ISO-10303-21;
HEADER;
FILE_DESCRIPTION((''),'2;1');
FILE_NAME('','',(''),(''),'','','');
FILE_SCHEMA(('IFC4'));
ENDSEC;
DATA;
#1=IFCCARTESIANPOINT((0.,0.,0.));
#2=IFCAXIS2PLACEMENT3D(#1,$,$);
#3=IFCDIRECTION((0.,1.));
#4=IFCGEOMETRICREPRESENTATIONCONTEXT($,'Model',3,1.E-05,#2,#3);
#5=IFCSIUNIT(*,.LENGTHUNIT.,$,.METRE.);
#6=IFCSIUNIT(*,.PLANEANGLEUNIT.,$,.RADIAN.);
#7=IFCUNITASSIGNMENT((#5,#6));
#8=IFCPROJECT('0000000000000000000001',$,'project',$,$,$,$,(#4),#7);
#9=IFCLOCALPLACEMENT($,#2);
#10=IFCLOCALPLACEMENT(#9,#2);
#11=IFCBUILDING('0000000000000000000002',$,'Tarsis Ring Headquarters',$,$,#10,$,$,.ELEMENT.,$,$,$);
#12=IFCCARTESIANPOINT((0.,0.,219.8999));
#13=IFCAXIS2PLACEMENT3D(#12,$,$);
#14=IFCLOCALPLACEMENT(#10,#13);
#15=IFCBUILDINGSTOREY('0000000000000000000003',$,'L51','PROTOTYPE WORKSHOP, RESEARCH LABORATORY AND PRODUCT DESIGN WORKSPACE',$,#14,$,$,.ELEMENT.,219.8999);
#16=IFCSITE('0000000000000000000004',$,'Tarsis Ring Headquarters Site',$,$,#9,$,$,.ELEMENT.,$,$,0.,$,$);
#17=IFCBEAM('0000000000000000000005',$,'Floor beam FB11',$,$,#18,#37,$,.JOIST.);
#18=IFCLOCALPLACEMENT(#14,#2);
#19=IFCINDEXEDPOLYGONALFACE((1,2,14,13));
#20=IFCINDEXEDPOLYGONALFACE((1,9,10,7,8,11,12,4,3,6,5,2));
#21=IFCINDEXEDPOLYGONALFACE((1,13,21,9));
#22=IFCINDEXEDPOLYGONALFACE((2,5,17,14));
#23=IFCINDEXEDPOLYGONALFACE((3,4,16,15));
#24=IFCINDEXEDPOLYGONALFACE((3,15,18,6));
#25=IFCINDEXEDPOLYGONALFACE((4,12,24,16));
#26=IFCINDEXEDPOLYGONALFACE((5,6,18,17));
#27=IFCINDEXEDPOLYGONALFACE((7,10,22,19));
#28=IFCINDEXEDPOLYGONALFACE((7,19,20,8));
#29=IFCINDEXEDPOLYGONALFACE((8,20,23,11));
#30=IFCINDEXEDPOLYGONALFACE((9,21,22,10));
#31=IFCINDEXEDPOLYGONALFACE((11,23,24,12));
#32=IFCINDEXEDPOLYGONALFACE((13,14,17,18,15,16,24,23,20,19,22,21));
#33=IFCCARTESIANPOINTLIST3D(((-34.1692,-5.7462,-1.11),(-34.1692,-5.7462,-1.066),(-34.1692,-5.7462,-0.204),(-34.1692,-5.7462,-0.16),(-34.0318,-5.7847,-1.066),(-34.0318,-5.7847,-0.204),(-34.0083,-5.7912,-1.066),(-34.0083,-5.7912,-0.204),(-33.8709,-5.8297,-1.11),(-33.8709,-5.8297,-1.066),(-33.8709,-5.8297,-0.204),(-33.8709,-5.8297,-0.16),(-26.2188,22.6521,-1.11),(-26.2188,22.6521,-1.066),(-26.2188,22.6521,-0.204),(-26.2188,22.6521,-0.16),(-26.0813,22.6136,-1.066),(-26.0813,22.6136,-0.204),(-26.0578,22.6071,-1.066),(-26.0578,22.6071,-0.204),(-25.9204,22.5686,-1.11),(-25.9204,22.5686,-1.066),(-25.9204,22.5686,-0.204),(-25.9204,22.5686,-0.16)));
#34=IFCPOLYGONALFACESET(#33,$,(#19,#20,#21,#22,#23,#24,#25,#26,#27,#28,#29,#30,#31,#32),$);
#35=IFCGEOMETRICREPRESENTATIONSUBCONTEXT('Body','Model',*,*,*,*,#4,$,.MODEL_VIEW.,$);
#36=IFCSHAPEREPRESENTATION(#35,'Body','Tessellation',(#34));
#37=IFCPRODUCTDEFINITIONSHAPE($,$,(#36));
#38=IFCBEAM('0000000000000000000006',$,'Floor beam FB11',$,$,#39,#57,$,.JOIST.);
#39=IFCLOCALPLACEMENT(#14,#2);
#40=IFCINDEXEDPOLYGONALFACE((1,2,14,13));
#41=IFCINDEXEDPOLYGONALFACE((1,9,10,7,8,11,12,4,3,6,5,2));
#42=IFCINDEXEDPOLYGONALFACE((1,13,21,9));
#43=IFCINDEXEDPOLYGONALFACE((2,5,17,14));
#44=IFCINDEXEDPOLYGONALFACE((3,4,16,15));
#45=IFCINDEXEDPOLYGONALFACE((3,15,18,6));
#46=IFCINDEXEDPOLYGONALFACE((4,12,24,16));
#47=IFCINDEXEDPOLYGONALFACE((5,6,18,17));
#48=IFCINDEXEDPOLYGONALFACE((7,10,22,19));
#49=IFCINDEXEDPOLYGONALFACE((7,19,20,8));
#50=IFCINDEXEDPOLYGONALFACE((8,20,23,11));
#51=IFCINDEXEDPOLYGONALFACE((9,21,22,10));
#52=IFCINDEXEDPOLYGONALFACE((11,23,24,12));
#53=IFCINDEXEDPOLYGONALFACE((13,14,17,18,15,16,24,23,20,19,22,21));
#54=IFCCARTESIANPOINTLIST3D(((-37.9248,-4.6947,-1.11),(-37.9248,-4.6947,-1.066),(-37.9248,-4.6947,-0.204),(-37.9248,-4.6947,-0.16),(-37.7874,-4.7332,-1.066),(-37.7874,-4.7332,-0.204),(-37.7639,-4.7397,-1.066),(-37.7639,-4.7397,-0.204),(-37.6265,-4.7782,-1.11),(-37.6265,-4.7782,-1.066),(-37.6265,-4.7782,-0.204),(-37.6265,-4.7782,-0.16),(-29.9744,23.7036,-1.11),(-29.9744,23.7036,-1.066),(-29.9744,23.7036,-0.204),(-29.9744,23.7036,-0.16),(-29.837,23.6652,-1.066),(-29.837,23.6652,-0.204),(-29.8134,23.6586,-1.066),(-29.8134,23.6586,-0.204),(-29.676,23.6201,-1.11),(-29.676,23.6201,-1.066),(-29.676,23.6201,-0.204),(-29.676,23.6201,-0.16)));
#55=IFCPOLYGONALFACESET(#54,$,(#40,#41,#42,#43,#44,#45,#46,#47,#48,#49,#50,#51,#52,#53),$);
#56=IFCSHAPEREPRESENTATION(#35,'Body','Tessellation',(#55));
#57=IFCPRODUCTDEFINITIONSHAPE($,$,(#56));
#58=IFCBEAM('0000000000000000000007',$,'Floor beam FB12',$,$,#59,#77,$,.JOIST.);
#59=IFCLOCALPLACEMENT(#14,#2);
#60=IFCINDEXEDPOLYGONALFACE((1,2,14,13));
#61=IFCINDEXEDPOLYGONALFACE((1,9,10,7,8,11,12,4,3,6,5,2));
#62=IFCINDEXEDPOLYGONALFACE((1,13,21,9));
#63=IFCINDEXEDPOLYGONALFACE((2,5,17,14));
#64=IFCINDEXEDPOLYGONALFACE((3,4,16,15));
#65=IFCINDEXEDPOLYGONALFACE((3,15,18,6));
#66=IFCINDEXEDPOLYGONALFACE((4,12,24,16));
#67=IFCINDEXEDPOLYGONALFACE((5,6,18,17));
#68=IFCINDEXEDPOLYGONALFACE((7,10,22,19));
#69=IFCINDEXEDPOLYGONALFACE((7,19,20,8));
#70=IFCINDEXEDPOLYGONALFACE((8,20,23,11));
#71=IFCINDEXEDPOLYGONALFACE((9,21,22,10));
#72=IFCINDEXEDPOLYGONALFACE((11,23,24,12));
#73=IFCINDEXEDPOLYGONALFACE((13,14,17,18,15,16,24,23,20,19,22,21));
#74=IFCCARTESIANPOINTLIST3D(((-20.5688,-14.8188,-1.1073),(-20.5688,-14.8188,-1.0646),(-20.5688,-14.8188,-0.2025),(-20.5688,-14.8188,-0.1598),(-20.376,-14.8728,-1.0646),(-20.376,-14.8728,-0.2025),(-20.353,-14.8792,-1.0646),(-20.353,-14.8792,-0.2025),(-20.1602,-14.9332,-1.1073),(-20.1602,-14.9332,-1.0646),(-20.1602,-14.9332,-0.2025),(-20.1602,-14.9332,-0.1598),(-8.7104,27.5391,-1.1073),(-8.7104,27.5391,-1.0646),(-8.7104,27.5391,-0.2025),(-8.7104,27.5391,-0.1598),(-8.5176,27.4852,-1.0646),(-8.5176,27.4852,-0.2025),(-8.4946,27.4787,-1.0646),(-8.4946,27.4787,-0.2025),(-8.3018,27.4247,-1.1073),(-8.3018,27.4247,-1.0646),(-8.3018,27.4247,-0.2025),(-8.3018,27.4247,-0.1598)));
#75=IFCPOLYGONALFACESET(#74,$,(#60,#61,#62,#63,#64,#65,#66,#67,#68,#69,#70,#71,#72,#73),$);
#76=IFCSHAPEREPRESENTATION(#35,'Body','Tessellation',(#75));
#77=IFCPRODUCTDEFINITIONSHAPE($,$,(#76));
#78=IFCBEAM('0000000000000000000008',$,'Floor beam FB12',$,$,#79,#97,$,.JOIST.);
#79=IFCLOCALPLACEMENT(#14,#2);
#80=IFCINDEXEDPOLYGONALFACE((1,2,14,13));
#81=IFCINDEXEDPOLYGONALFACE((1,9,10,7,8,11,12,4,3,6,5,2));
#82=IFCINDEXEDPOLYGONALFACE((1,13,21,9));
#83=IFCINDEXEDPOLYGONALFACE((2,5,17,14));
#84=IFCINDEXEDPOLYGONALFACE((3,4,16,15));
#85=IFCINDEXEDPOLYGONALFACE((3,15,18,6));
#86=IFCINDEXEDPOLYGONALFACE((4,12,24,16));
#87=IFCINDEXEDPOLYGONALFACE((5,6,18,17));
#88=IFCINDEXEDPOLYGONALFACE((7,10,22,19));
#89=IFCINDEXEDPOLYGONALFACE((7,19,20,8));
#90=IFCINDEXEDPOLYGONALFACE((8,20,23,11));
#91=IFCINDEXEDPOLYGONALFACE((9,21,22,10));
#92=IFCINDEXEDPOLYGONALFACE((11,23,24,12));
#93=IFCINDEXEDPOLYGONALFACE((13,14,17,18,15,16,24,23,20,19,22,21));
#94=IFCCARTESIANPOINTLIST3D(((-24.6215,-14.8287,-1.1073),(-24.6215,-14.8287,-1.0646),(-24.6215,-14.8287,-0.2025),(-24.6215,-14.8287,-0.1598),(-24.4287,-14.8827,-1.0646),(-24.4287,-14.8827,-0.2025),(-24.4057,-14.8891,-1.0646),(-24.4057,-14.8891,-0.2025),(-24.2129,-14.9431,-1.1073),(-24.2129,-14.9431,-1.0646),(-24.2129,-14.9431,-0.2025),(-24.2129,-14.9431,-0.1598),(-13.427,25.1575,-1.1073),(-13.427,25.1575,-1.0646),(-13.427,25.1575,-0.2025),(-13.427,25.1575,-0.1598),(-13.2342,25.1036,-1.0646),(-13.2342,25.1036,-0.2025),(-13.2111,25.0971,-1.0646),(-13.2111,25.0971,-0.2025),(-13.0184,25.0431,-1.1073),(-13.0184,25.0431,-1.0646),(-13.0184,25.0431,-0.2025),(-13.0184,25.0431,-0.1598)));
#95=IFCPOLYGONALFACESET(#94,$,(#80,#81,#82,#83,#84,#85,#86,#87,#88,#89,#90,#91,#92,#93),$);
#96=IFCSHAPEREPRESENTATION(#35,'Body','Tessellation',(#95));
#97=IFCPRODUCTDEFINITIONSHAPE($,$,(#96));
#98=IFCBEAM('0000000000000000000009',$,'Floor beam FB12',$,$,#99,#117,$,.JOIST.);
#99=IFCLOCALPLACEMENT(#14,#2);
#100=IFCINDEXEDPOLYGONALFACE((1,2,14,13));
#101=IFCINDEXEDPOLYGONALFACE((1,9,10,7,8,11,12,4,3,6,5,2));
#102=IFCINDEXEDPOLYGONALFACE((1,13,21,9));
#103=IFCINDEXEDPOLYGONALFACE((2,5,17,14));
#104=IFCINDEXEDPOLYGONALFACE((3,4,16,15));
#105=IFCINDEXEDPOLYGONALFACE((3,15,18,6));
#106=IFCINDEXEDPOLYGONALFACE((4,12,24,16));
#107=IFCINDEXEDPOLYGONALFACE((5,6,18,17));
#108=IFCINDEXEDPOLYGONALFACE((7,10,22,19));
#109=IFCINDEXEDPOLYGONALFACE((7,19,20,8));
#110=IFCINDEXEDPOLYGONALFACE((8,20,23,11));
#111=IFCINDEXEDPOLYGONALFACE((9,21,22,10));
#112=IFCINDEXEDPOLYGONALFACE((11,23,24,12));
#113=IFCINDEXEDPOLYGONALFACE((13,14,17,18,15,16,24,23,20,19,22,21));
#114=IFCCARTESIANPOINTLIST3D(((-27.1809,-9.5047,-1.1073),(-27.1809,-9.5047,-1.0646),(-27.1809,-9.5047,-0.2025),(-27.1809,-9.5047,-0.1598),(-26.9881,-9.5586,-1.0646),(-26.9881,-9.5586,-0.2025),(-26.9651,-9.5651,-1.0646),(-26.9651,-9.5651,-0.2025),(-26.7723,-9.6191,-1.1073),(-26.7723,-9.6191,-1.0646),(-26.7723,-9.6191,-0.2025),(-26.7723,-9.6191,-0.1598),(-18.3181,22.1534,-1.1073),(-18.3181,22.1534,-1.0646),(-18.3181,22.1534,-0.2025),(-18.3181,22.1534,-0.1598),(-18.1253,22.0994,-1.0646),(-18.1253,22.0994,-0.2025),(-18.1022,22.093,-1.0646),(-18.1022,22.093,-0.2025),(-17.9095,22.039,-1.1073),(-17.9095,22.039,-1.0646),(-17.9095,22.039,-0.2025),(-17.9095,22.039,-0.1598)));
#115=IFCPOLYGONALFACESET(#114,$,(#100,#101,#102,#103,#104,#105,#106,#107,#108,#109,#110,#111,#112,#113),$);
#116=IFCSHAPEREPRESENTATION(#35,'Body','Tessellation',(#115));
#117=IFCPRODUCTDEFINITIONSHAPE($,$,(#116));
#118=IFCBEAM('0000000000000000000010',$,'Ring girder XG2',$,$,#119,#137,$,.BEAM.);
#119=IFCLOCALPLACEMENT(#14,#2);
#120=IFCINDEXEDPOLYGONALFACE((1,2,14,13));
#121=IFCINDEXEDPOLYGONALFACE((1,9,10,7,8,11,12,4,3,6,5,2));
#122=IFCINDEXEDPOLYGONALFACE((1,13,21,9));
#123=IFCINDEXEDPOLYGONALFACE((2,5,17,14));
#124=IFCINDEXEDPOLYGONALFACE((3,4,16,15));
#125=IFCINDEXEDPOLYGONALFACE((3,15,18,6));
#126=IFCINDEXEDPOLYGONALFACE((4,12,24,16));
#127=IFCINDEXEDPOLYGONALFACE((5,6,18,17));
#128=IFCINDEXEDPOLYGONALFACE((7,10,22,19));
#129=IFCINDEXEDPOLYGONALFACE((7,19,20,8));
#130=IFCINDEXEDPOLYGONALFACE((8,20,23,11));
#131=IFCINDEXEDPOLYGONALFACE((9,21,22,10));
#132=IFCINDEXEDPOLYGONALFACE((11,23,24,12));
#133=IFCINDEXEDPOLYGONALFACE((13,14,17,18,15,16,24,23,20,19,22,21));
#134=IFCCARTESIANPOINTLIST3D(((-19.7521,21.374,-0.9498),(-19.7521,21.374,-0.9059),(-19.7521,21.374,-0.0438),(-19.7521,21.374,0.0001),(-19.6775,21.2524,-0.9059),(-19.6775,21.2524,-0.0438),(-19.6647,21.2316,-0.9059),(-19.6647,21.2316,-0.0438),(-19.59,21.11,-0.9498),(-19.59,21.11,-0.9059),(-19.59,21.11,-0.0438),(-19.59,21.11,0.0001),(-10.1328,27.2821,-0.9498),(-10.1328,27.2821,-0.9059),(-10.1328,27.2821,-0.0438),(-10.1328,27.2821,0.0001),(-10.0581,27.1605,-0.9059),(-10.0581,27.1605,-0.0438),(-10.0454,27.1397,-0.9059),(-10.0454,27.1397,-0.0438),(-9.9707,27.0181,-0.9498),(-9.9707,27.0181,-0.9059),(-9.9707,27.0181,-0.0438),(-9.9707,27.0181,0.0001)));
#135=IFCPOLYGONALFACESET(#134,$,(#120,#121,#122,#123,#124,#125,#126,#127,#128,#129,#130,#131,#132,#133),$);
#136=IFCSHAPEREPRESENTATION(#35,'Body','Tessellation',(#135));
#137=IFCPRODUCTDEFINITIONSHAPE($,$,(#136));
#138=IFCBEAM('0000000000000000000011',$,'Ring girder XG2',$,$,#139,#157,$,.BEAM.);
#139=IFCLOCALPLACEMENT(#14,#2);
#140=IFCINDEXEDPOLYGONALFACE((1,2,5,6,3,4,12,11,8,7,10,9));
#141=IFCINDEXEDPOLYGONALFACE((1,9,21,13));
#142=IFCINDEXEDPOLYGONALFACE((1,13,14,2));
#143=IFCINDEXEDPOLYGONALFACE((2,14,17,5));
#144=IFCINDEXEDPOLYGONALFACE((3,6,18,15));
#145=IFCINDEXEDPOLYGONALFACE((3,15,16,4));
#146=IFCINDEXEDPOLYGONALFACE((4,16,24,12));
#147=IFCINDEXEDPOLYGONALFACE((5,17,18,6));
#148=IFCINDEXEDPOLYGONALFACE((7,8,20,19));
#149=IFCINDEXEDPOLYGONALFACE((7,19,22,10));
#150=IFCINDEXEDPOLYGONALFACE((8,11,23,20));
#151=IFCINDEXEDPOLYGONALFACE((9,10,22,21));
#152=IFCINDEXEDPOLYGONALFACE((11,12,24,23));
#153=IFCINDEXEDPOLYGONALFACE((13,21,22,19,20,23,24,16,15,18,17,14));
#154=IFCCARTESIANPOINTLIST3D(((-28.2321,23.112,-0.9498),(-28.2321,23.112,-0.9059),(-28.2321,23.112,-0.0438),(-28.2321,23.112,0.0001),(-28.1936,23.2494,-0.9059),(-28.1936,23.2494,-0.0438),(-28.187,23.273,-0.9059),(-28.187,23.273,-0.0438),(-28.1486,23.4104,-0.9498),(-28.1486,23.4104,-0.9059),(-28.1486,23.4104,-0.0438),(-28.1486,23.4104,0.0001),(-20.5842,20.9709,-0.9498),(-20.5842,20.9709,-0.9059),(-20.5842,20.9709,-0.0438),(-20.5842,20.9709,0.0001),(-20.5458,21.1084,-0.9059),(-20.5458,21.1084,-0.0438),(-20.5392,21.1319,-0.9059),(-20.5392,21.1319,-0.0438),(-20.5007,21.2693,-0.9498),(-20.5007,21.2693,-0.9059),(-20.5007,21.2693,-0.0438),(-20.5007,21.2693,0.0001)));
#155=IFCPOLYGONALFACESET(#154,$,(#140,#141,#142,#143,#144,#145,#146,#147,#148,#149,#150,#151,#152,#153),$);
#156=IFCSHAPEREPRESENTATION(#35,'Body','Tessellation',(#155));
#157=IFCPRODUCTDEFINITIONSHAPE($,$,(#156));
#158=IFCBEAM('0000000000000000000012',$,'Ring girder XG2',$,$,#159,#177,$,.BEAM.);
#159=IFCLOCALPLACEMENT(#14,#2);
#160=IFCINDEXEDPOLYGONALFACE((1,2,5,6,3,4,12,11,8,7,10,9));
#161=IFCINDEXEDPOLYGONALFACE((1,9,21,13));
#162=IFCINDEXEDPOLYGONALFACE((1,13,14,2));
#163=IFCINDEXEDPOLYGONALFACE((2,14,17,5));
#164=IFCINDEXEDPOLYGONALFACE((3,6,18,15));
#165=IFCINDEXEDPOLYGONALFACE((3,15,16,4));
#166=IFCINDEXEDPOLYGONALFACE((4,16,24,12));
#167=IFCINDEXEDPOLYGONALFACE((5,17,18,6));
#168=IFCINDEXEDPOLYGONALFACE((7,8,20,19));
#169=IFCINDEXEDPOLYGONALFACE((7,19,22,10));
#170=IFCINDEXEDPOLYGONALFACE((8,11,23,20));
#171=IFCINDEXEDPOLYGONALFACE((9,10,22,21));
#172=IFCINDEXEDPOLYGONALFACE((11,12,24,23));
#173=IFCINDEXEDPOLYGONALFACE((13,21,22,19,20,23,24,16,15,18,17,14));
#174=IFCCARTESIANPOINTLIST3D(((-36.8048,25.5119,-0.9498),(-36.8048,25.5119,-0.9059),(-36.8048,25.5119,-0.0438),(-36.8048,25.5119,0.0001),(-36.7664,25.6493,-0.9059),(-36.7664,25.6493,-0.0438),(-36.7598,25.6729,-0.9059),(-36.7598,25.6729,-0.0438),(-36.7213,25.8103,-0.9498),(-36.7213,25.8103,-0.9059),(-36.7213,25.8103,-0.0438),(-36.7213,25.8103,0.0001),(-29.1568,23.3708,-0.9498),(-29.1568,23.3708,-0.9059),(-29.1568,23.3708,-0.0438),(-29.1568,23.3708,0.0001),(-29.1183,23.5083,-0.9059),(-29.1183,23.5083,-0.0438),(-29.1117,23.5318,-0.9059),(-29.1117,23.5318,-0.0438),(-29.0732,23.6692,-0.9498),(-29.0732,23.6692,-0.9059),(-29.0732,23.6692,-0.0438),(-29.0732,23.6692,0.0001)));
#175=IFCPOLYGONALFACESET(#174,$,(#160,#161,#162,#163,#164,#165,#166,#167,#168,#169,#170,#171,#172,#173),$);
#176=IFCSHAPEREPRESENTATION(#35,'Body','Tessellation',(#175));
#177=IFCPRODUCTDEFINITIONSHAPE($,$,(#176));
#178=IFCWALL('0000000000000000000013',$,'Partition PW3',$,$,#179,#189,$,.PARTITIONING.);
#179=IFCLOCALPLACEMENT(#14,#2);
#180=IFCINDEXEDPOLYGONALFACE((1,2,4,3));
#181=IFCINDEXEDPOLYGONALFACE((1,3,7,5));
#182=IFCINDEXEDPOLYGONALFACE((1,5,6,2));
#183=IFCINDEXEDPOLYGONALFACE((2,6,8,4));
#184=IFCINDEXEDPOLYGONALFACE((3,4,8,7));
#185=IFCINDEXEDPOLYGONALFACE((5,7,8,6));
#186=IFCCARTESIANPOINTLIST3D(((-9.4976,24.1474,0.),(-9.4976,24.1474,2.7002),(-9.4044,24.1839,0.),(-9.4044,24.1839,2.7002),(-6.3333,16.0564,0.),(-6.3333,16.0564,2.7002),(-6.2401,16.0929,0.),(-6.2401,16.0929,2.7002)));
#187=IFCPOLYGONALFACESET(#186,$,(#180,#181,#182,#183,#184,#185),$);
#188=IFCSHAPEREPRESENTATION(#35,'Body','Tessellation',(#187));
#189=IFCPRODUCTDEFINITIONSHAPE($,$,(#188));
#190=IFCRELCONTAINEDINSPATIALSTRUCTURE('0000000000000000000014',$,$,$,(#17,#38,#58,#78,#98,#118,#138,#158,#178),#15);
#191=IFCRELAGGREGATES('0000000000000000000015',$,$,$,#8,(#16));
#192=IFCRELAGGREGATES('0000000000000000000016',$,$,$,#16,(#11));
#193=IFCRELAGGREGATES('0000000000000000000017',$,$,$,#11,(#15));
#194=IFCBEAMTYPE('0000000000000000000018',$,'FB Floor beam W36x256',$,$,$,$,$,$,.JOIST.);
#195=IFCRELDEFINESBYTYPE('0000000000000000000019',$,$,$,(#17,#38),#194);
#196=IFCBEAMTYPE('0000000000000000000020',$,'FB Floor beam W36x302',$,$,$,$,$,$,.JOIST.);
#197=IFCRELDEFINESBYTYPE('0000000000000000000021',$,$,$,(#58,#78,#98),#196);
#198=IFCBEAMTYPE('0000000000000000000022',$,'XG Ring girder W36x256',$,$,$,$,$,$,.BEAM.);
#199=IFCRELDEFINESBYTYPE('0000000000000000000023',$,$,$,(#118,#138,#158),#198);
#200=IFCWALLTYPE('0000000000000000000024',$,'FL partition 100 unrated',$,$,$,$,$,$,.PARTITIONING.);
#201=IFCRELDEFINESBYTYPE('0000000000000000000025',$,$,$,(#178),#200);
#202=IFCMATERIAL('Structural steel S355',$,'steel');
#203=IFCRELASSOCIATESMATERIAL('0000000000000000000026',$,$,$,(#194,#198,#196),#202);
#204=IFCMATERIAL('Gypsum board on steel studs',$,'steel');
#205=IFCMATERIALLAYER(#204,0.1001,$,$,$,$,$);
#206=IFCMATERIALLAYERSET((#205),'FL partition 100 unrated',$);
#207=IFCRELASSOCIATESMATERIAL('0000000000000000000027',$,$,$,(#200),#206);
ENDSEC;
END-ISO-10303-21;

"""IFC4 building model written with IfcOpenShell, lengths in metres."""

from ifc_helpers import new_model, si_unit, direction, frame, frame_2d, origin, origin_2d, place, context, subcontext, project, spatial, rectangle, i_section, extrude, material, layer, layer_set, material_profile, profile_set, type_object, element, save


model = new_model("IFC4")

# Units and contexts
model_context = context("Model", 3, precision=1e-05, world=origin(), true_north=direction((0.0, 1.0)))
body_context = subcontext(model_context, "Body", "Model", "MODEL_VIEW")
ifc_project = project(units=[si_unit("LENGTHUNIT", "METRE"), si_unit("PLANEANGLEUNIT", "RADIAN")], contexts=[model_context])

# Site, building, storey
site_placement = place(None, origin())
site = spatial("IfcSite", under=ifc_project, at=site_placement, Name="Tarsis Ring Headquarters Site", CompositionType="ELEMENT", RefElevation=0.0)
building_placement = place(site_placement, origin())
building = spatial("IfcBuilding", under=site, at=building_placement, Name="Tarsis Ring Headquarters", CompositionType="ELEMENT")
storey_placement = place(building_placement, frame((0.0, 0.0, 219.8999)))
storey = spatial("IfcBuildingStorey", under=building, at=storey_placement, Name="L51", Description="PROTOTYPE WORKSHOP, RESEARCH LABORATORY AND PRODUCT DESIGN WORKSPACE", CompositionType="ELEMENT", Elevation=219.8999)

# Shared definitions
ifc_material_1 = material(Name="Structural steel S355", Category="steel")

# Beams
ifc_material_profile_1 = material_profile(ifc_material_1, i_section(OverallWidth=0.3098, OverallDepth=0.95, WebThickness=0.0244, FlangeThickness=0.0439, at=origin_2d()), Name="W36x256")
ifc_profile_set_1 = profile_set([ifc_material_profile_1], Name="Structural steel S355")
beam_type_1 = type_object("IfcBeamType", Name="FB Floor beam W36x256", PredefinedType="JOIST", material=ifc_profile_set_1)
for number, where, z_axis, x_axis, name in (
    (1, (-26.0696, 22.6104, -0.635), (-0.269597, -0.962973, 0.0), (0.962973, -0.269597, 0.0), "Floor beam FB11"),
    (2, (-29.8252, 23.6619, -0.635), (-0.269597, -0.962973, 0.0), (0.962973, -0.269597, 0.0), "Floor beam FB11"),
):
    element("IfcBeam", number, at=place(storey_placement, frame(where, z_axis=z_axis, x_axis=x_axis)), inside=storey, type_object=beam_type_1, Name=name, PredefinedType="JOIST", context=body_context, shape_type="SweptSolid", body=[
        extrude(i_section(OverallWidth=0.3098, OverallDepth=0.95, WebThickness=0.0244, FlangeThickness=0.0439, at=origin_2d()), origin(), (0.0, 0.0, 1.0), 29.4902),
    ])
ifc_material_profile_2 = material_profile(ifc_material_1, i_section(OverallWidth=0.4243, OverallDepth=0.9475, WebThickness=0.0239, FlangeThickness=0.0427, at=origin_2d()), Name="W36x302")
ifc_profile_set_2 = profile_set([ifc_material_profile_2], Name="Structural steel S355")
beam_type_2 = type_object("IfcBeamType", Name="FB Floor beam W36x302", PredefinedType="JOIST", material=ifc_profile_set_2)
beam_1_placement = place(storey_placement, frame((-8.5061, 27.4819, -0.6335), z_axis=(-0.269592, -0.962975, 0.0), x_axis=(0.962975, -0.269592, 0.0)))
element("IfcBeam", 3, at=beam_1_placement, inside=storey, type_object=beam_type_2, Name="Floor beam FB12", PredefinedType="JOIST", context=body_context, shape_type="SweptSolid", body=[
    extrude(i_section(OverallWidth=0.4243, OverallDepth=0.9475, WebThickness=0.0239, FlangeThickness=0.0427, at=origin_2d()), origin(), (0.0, 0.0, 1.0), 43.9866),
])
beam_2_placement = place(storey_placement, frame((-13.2227, 25.1003, -0.6335), z_axis=(-0.269594, -0.962974, 0.0), x_axis=(0.962974, -0.269594, 0.0)))
element("IfcBeam", 4, at=beam_2_placement, inside=storey, type_object=beam_type_2, Name="Floor beam FB12", PredefinedType="JOIST", context=body_context, shape_type="SweptSolid", body=[
    extrude(i_section(OverallWidth=0.4243, OverallDepth=0.9475, WebThickness=0.0239, FlangeThickness=0.0427, at=origin_2d()), origin(), (0.0, 0.0, 1.0), 41.5237),
])
beam_3_placement = place(storey_placement, frame((-18.1138, 22.0962, -0.6335), z_axis=(-0.269589, -0.962975, 0.0), x_axis=(0.962975, -0.269589, 0.0)))
element("IfcBeam", 5, at=beam_3_placement, inside=storey, type_object=beam_type_2, Name="Floor beam FB12", PredefinedType="JOIST", context=body_context, shape_type="SweptSolid", body=[
    extrude(i_section(OverallWidth=0.4243, OverallDepth=0.9475, WebThickness=0.0239, FlangeThickness=0.0427, at=origin_2d()), origin(), (0.0, 0.0, 1.0), 32.8752),
])
beam_type_3 = type_object("IfcBeamType", Name="XG Ring girder W36x256", PredefinedType="BEAM", material=ifc_profile_set_1)
beam_4_placement = place(storey_placement, frame((-10.0518, 27.1501, -0.4749), z_axis=(-0.852109, -0.523364, 0.0), x_axis=(0.523364, -0.852109, 0.0)))
element("IfcBeam", 6, at=beam_4_placement, inside=storey, type_object=beam_type_3, Name="Ring girder XG2", PredefinedType="BEAM", context=body_context, shape_type="SweptSolid", body=[
    extrude(i_section(OverallWidth=0.3098, OverallDepth=0.95, WebThickness=0.0244, FlangeThickness=0.0439, at=origin_2d()), origin(), (0.0, 0.0, 1.0), 11.2888),
])
beam_5_placement = place(storey_placement, frame((-20.5425, 21.1201, -0.4749), z_axis=(-0.962974, 0.269593, 0.0), x_axis=(-0.269593, -0.962974, 0.0)))
element("IfcBeam", 7, at=beam_5_placement, inside=storey, type_object=beam_type_3, Name="Ring girder XG2", PredefinedType="BEAM", context=body_context, shape_type="SweptSolid", body=[
    extrude(i_section(OverallWidth=0.3098, OverallDepth=0.95, WebThickness=0.0244, FlangeThickness=0.0439, at=origin_2d()), origin(), (0.0, 0.0, 1.0), 7.9419),
])
beam_6_placement = place(storey_placement, frame((-29.115, 23.52, -0.4749), z_axis=(-0.962976, 0.269585, 0.0), x_axis=(-0.269585, -0.962976, 0.0)))
element("IfcBeam", 8, at=beam_6_placement, inside=storey, type_object=beam_type_3, Name="Ring girder XG2", PredefinedType="BEAM", context=body_context, shape_type="SweptSolid", body=[
    extrude(i_section(OverallWidth=0.3098, OverallDepth=0.95, WebThickness=0.0244, FlangeThickness=0.0439, at=origin_2d()), origin(), (0.0, 0.0, 1.0), 7.9421),
])

# Wall
ifc_material_2 = material(Name="Gypsum board on steel studs", Category="steel")
ifc_layer_1 = layer(ifc_material_2, 0.1001)
ifc_layer_set_1 = layer_set([ifc_layer_1], Name="FL partition 100 unrated")
wall_type_1 = type_object("IfcWallType", Name="FL partition 100 unrated", PredefinedType="PARTITIONING", material=ifc_layer_set_1)
wall_1_placement = place(storey_placement, frame((-9.4509, 24.1655, 0.0), z_axis=(0.0, 0.0, 1.0), x_axis=(0.364223, -0.931312, 0.0)))
element("IfcWall", 9, at=wall_1_placement, inside=storey, type_object=wall_type_1, Name="Partition PW3", PredefinedType="PARTITIONING", context=body_context, shape_type="SweptSolid", body=[
    extrude(rectangle(XDim=8.6877, YDim=0.1001, at=frame_2d((4.3438, 0.0))), origin(), (0.0, 0.0, 1.0), 2.7002),
])

save(model, "model.ifc")
